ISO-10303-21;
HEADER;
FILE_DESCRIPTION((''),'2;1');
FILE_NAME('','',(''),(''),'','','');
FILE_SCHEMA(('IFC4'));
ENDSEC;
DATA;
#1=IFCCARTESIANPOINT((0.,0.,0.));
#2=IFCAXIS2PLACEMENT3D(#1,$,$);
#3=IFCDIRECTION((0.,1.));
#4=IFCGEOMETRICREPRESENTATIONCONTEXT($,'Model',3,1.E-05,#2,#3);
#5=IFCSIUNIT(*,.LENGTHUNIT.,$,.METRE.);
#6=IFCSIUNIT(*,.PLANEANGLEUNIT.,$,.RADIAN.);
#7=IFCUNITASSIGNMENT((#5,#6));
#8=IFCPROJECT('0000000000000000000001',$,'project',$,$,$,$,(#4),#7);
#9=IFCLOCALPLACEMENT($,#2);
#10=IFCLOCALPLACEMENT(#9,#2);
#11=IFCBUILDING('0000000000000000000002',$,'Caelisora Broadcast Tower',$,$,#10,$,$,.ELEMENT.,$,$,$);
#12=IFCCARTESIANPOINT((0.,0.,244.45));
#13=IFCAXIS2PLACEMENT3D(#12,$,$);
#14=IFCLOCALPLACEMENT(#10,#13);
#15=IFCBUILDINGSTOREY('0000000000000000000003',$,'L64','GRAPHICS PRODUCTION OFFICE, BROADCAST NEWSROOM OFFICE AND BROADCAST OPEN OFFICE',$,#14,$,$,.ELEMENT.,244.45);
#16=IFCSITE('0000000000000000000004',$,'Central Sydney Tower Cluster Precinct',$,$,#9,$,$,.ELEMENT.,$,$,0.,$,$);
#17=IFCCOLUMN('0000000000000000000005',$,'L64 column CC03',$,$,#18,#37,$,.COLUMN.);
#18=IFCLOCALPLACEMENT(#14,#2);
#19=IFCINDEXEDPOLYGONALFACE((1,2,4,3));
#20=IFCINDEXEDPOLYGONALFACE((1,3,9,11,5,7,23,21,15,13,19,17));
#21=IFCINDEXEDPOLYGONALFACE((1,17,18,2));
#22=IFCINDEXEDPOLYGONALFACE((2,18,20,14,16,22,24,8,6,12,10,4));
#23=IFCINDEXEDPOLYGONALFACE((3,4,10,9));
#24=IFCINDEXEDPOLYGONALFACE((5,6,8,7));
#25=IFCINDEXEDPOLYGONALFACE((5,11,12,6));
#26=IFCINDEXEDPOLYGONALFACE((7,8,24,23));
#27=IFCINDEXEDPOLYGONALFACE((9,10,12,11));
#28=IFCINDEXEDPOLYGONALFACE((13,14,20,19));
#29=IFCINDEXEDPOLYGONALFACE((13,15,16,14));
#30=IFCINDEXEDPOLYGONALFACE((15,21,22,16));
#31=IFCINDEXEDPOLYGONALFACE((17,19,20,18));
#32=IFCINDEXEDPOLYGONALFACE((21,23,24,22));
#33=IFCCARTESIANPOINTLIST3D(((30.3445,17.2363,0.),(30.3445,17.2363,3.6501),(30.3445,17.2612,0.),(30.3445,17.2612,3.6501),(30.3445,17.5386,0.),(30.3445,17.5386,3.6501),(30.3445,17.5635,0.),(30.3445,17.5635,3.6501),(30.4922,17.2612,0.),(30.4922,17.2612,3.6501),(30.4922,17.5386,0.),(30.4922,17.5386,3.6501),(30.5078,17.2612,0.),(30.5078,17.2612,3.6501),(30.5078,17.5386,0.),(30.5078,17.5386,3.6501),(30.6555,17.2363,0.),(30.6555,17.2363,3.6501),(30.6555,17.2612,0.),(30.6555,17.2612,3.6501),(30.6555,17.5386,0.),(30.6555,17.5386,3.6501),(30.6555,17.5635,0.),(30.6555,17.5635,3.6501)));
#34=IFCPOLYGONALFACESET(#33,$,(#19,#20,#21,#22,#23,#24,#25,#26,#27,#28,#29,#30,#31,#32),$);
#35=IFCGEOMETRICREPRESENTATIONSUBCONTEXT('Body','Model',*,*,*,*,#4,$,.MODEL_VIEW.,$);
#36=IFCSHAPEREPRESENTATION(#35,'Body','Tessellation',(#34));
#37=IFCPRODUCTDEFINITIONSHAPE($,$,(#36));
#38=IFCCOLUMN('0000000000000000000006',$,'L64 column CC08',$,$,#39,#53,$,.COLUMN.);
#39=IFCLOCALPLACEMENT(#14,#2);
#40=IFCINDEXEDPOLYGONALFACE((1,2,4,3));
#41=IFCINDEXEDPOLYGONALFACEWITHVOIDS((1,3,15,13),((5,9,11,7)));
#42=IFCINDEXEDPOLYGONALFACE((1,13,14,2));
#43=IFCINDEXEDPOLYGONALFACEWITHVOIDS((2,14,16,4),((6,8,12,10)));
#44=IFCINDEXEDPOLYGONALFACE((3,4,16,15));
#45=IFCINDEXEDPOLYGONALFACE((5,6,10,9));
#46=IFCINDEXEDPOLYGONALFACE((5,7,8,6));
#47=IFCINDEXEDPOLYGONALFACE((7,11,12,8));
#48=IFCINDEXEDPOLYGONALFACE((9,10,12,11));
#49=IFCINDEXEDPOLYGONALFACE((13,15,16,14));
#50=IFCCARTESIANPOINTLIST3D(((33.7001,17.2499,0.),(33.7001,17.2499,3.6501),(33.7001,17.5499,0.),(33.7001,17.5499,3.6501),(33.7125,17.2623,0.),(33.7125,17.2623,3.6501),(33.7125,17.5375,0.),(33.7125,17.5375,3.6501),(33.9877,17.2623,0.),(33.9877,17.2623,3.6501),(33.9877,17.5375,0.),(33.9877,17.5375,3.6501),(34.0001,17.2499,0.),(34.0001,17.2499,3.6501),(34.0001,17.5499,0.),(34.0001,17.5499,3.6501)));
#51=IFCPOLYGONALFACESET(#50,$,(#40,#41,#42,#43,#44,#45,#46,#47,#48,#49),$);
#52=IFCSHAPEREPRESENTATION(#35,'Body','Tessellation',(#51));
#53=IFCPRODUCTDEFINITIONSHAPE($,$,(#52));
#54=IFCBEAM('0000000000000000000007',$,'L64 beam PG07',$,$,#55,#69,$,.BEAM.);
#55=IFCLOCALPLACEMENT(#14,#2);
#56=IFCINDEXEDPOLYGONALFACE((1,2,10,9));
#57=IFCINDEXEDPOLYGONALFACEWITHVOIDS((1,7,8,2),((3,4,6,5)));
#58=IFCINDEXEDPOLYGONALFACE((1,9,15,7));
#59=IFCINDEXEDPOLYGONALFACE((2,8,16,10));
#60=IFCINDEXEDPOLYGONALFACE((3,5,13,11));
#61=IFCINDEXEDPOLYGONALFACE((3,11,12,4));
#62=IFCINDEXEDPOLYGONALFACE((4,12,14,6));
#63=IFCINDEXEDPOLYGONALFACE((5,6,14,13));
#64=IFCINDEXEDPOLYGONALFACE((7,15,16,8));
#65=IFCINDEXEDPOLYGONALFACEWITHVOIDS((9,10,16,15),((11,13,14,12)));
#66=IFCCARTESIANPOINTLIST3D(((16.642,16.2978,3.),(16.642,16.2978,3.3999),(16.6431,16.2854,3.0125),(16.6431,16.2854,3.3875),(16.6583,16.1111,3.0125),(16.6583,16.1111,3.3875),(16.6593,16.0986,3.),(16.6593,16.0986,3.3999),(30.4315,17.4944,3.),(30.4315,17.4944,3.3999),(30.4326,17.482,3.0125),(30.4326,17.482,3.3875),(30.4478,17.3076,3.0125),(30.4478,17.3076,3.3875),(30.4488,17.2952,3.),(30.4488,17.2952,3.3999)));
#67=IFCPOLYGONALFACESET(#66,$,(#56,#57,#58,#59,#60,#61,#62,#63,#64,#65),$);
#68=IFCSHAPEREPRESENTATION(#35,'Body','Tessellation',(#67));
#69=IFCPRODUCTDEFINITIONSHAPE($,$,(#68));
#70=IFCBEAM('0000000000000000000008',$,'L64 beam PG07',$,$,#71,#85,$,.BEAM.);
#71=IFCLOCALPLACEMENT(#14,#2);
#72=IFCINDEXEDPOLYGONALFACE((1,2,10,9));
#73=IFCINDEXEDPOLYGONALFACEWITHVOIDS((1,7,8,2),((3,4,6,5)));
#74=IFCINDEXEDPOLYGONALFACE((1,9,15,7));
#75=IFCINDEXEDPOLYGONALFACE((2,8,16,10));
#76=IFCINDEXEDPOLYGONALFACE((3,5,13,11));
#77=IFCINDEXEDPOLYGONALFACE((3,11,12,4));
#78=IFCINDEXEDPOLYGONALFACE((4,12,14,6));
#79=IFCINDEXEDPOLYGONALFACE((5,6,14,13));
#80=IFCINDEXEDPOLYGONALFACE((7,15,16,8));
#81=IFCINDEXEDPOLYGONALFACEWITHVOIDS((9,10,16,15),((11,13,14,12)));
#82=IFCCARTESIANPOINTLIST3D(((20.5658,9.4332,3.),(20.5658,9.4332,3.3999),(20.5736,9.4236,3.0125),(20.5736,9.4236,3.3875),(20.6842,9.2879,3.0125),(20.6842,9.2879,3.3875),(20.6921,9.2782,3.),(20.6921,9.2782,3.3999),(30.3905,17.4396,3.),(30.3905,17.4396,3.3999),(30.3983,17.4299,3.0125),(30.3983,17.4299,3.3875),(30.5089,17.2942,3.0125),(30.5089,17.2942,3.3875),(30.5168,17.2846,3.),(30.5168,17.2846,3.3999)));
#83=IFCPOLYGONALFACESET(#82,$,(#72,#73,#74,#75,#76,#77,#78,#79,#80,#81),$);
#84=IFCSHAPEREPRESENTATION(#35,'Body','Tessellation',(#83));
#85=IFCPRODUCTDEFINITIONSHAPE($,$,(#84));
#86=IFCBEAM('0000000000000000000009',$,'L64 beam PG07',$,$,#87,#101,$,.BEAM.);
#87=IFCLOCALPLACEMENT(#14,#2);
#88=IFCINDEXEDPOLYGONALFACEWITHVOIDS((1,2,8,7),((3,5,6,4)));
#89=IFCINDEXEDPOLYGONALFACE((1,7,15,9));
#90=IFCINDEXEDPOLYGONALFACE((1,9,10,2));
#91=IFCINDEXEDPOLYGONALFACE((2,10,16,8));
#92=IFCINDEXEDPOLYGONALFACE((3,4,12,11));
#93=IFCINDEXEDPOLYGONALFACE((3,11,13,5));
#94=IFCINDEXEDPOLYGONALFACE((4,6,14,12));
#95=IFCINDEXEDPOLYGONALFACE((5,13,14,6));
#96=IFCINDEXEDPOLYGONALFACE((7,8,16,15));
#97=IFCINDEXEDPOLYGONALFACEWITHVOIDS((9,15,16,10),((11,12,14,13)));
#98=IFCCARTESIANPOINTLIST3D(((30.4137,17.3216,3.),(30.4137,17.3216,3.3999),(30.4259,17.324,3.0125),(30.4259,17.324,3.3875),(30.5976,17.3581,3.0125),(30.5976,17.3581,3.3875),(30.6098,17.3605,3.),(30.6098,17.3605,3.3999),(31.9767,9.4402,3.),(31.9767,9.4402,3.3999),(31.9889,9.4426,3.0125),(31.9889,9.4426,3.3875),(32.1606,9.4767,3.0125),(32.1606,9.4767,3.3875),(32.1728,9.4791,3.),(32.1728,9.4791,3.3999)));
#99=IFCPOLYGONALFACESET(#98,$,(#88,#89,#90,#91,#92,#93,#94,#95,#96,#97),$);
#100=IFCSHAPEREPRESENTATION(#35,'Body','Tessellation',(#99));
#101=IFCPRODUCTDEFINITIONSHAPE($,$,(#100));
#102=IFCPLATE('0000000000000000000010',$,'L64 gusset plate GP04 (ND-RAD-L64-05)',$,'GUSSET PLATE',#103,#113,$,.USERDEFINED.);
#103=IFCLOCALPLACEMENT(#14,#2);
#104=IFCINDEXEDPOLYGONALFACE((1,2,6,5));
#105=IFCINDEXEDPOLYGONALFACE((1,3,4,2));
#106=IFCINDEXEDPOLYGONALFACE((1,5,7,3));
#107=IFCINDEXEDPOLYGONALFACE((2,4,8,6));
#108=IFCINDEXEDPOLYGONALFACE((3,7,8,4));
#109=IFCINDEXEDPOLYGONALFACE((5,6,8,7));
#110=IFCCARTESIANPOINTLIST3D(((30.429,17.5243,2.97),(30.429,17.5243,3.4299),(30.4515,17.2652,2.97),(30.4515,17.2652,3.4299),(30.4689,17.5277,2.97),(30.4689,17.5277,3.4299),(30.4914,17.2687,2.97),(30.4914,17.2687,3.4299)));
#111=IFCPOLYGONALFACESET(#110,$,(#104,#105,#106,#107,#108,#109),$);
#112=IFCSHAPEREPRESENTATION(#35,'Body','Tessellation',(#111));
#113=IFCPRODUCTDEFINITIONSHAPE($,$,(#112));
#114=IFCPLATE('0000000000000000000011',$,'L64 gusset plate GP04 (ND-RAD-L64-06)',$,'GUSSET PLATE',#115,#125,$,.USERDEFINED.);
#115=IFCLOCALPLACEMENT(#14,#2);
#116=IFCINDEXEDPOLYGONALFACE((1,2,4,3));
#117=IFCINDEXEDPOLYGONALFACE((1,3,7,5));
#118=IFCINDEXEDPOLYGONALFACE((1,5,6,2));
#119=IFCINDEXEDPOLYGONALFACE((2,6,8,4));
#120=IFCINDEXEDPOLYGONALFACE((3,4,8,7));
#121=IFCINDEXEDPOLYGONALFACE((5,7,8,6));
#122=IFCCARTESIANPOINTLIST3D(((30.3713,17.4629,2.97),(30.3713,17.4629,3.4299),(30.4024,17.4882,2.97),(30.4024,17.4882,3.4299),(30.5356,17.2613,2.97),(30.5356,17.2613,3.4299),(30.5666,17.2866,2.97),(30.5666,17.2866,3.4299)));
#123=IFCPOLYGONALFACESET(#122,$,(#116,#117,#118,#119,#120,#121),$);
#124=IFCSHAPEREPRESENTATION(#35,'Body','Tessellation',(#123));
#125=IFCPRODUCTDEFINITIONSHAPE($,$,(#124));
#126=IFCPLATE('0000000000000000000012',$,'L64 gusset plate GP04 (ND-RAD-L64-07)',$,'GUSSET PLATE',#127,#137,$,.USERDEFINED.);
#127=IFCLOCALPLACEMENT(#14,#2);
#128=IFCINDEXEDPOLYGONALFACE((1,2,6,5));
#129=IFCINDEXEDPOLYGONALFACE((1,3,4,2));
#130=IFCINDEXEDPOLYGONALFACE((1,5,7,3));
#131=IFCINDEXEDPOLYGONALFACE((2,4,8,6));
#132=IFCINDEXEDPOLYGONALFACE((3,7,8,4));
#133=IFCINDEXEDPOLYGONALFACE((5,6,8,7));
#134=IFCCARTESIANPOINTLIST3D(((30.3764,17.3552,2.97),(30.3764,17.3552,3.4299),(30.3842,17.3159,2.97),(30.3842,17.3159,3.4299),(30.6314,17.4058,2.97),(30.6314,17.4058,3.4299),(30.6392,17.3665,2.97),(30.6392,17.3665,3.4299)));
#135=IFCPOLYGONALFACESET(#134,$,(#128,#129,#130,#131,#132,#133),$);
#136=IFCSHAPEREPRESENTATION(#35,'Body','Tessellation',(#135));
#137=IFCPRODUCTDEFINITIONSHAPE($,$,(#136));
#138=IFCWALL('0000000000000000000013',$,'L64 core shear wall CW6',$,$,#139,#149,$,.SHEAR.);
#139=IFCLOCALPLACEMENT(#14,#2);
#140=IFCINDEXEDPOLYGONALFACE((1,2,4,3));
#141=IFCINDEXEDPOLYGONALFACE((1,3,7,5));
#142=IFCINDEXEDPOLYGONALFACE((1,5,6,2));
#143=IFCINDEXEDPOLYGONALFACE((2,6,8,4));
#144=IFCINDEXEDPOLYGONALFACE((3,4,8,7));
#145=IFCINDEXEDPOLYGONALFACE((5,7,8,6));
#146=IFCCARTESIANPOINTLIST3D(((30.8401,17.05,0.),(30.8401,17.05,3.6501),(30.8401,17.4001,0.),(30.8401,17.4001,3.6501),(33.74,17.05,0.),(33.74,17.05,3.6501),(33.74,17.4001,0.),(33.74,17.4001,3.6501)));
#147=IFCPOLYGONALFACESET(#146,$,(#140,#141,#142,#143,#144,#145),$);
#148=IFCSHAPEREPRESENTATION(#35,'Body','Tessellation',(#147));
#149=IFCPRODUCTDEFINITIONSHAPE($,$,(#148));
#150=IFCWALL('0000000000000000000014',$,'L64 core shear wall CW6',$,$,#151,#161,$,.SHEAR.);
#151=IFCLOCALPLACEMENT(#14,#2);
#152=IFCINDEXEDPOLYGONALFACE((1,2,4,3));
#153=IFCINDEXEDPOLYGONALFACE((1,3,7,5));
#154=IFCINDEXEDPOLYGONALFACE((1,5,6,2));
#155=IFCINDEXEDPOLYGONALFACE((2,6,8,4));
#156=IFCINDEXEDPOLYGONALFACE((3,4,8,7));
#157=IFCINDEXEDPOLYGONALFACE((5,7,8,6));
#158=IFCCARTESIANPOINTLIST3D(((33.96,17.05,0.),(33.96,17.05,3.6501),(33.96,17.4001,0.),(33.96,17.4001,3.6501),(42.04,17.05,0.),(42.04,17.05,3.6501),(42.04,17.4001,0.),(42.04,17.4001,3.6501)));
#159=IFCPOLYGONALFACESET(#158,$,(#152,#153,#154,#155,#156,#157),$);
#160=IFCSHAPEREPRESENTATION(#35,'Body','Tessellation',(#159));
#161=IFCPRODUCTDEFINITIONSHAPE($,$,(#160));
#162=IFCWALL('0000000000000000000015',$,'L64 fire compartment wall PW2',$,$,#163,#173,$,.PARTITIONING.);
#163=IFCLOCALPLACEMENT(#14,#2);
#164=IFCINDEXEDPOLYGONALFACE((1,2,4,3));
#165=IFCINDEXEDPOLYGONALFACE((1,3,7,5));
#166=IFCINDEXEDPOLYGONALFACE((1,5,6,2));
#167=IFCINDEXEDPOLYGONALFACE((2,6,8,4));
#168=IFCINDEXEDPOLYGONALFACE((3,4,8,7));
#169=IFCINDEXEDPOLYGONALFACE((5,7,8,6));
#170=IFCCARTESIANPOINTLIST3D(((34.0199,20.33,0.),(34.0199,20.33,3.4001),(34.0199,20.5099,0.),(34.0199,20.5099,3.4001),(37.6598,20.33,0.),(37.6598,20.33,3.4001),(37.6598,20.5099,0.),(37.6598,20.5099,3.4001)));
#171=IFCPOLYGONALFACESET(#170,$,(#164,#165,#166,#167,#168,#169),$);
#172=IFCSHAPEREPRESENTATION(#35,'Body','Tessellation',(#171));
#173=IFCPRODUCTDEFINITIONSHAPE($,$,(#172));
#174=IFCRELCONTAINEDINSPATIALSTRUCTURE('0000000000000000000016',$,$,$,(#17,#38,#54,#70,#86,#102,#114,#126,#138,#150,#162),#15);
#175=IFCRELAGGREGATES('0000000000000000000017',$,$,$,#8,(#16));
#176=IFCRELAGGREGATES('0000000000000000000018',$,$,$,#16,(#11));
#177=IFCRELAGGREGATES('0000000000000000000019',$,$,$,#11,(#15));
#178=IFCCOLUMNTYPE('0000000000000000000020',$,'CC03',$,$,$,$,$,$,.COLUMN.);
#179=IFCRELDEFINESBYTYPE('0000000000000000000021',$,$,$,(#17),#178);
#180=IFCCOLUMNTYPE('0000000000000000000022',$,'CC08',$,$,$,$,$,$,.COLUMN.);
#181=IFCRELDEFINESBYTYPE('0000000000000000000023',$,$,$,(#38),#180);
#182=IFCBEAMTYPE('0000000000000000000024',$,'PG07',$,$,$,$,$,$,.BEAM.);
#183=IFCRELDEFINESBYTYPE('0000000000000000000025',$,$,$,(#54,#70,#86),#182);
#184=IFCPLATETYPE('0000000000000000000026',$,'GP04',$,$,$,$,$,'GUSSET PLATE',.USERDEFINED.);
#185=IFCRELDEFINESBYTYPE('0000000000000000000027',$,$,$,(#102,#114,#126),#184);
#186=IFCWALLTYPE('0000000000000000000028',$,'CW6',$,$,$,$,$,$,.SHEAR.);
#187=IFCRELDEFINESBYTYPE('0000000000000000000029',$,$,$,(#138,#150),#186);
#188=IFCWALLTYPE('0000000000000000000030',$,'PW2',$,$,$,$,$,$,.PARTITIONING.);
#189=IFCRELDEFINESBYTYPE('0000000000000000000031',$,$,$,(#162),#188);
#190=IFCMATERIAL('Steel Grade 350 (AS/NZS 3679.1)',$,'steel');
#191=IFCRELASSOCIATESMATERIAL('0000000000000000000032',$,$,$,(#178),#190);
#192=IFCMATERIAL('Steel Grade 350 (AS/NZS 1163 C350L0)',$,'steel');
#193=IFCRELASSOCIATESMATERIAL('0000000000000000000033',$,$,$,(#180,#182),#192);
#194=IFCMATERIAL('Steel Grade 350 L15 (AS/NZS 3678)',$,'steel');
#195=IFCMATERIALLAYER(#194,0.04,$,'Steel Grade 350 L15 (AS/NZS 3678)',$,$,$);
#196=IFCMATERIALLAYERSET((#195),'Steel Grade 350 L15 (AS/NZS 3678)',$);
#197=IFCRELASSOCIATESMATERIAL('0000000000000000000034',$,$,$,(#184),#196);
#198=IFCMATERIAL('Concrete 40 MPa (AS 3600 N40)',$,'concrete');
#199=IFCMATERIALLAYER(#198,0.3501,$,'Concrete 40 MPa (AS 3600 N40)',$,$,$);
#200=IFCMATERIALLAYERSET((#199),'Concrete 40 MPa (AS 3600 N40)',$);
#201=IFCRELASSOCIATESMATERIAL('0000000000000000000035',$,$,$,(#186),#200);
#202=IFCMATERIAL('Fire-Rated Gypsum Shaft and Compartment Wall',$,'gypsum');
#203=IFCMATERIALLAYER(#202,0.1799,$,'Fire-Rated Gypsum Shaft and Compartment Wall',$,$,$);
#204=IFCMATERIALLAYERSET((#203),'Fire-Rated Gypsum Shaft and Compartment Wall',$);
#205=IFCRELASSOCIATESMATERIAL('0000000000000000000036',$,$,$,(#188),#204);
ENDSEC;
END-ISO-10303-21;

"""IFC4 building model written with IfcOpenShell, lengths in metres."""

from ifc_helpers import new_model, si_unit, direction, frame, frame_2d, origin, origin_2d, place, context, subcontext, project, spatial, rectangle, hollow_rectangle, i_section, extrude, source, transform, mapped, material, layer, layer_set, material_profile, profile_set, type_object, type_shapes, element, save


model = new_model("IFC4")

# Units and contexts
model_context = context("Model", 3, precision=1e-05, world=origin(), true_north=direction((0.0, 1.0)))
body_context = subcontext(model_context, "Body", "Model", "MODEL_VIEW")
ifc_project = project(units=[si_unit("LENGTHUNIT", "METRE"), si_unit("PLANEANGLEUNIT", "RADIAN")], contexts=[model_context])

# Site, building, storey
site_placement = place(None, origin())
site = spatial("IfcSite", under=ifc_project, at=site_placement, Name="Central Sydney Tower Cluster Precinct", CompositionType="ELEMENT", RefElevation=0.0)
building_placement = place(site_placement, origin())
building = spatial("IfcBuilding", under=site, at=building_placement, Name="Caelisora Broadcast Tower", CompositionType="ELEMENT")
storey_placement = place(building_placement, frame((0.0, 0.0, 244.45)))
storey = spatial("IfcBuildingStorey", under=building, at=storey_placement, Name="L64", Description="GRAPHICS PRODUCTION OFFICE, BROADCAST NEWSROOM OFFICE AND BROADCAST OPEN OFFICE", CompositionType="ELEMENT", Elevation=244.45)

# Columns
ifc_material_1 = material(Name="Steel Grade 350 (AS/NZS 3679.1)", Category="steel")
ifc_material_profile_1 = material_profile(ifc_material_1, i_section(OverallWidth=0.311, OverallDepth=0.3271, WebThickness=0.0156, FlangeThickness=0.0249, at=origin_2d()), Name="Steel Grade 350 (AS/NZS 3679.1)")
ifc_profile_set_1 = profile_set([ifc_material_profile_1], Name="Steel Grade 350 (AS/NZS 3679.1)")
column_type_1 = type_object("IfcColumnType", Name="CC03", PredefinedType="COLUMN", material=ifc_profile_set_1)
shared_shape_1 = source(origin(), body_context, "Body", "SweptSolid", [
    extrude(i_section(OverallWidth=0.311, OverallDepth=0.3271, WebThickness=0.0156, FlangeThickness=0.0249, at=origin_2d()), origin(), (0.0, 0.0, 1.0), 3.6501),
])
type_shapes(column_type_1, [shared_shape_1])
column_1_placement = place(storey_placement, frame((30.5, 17.3999, 0.0), z_axis=(0.0, 0.0, 1.0), x_axis=(1.0, 0.0, 0.0)))
element("IfcColumn", 1, at=column_1_placement, inside=storey, type_object=column_type_1, Name="L64 column CC03", PredefinedType="COLUMN", context=body_context, shape_type="MappedRepresentation", body=[
    mapped(shared_shape_1, transform((0.0, 0.0, 0.0), scale=1.0)),
])
ifc_material_2 = material(Name="Steel Grade 350 (AS/NZS 1163 C350L0)", Category="steel")
ifc_material_profile_2 = material_profile(ifc_material_2, hollow_rectangle(XDim=0.3, YDim=0.3, WallThickness=0.0125, at=origin_2d()), Name="Steel Grade 350 (AS/NZS 1163 C350L0)")
ifc_profile_set_2 = profile_set([ifc_material_profile_2], Name="Steel Grade 350 (AS/NZS 1163 C350L0)")
column_type_2 = type_object("IfcColumnType", Name="CC08", PredefinedType="COLUMN", material=ifc_profile_set_2)
shared_shape_2 = source(origin(), body_context, "Body", "SweptSolid", [
    extrude(hollow_rectangle(XDim=0.3, YDim=0.3, WallThickness=0.0125, at=origin_2d()), origin(), (0.0, 0.0, 1.0), 3.6501),
])
type_shapes(column_type_2, [shared_shape_2])
column_2_placement = place(storey_placement, frame((33.8501, 17.3999, 0.0), z_axis=(0.0, 0.0, 1.0), x_axis=(1.0, 0.0, 0.0)))
element("IfcColumn", 2, at=column_2_placement, inside=storey, type_object=column_type_2, Name="L64 column CC08", PredefinedType="COLUMN", context=body_context, shape_type="MappedRepresentation", body=[
    mapped(shared_shape_2, transform((0.0, 0.0, 0.0), scale=1.0)),
])

# Beams
ifc_material_profile_3 = material_profile(ifc_material_2, hollow_rectangle(XDim=0.2, YDim=0.3999, WallThickness=0.0125, at=origin_2d()), Name="Steel Grade 350 (AS/NZS 1163 C350L0)")
ifc_profile_set_3 = profile_set([ifc_material_profile_3], Name="Steel Grade 350 (AS/NZS 1163 C350L0)")
beam_type = type_object("IfcBeamType", Name="PG07", PredefinedType="BEAM", material=ifc_profile_set_3)
shared_shape_3 = source(origin(), body_context, "Body", "SweptSolid", [
    extrude(hollow_rectangle(XDim=0.2, YDim=0.3999, WallThickness=0.0125, at=origin_2d()), origin(), (0.0, 0.0, 1.0), 13.8413),
])
beam_1_placement = place(storey_placement, frame((30.4402, 17.3948, 3.2), z_axis=(-0.996257, -0.086446, 0.0), x_axis=(0.086446, -0.996257, 0.0)))
element("IfcBeam", 3, at=beam_1_placement, inside=storey, type_object=beam_type, Name="L64 beam PG07", PredefinedType="BEAM", context=body_context, shape_type="MappedRepresentation", body=[
    mapped(shared_shape_3, transform((0.0, 0.0, 0.0), scale=1.0)),
])
shared_shape_4 = source(origin(), body_context, "Body", "SweptSolid", [
    extrude(hollow_rectangle(XDim=0.2, YDim=0.3999, WallThickness=0.0125, at=origin_2d()), origin(), (0.0, 0.0, 1.0), 12.6738),
])
beam_2_placement = place(storey_placement, frame((30.4536, 17.3621, 3.2), z_axis=(-0.775195, -0.631722, 0.0), x_axis=(0.631722, -0.775195, 0.0)))
element("IfcBeam", 4, at=beam_2_placement, inside=storey, type_object=beam_type, Name="L64 beam PG07", PredefinedType="BEAM", context=body_context, shape_type="MappedRepresentation", body=[
    mapped(shared_shape_4, transform((0.0, 0.0, 0.0), scale=1.0)),
])
shared_shape_5 = source(origin(), body_context, "Body", "SweptSolid", [
    extrude(hollow_rectangle(XDim=0.2, YDim=0.3999, WallThickness=0.0125, at=origin_2d()), origin(), (0.0, 0.0, 1.0), 8.0349),
])
type_shapes(beam_type, [shared_shape_3, shared_shape_4, shared_shape_5])
beam_3_placement = place(storey_placement, frame((30.5117, 17.3411, 3.2), z_axis=(0.194526, -0.980897, 0.0), x_axis=(0.980897, 0.194526, 0.0)))
element("IfcBeam", 5, at=beam_3_placement, inside=storey, type_object=beam_type, Name="L64 beam PG07", PredefinedType="BEAM", context=body_context, shape_type="MappedRepresentation", body=[
    mapped(shared_shape_5, transform((0.0, 0.0, 0.0), scale=1.0)),
])

# Plates
ifc_material_3 = material(Name="Steel Grade 350 L15 (AS/NZS 3678)", Category="steel")
ifc_layer_1 = layer(ifc_material_3, 0.04, Name="Steel Grade 350 L15 (AS/NZS 3678)")
ifc_layer_set_1 = layer_set([ifc_layer_1], Name="Steel Grade 350 L15 (AS/NZS 3678)")
plate_type = type_object("IfcPlateType", Name="GP04", ElementType="GUSSET PLATE", PredefinedType="USERDEFINED", material=ifc_layer_set_1)
shared_shape_6 = source(origin(), body_context, "Body", "SweptSolid", [
    extrude(rectangle(XDim=0.26, YDim=0.04, at=origin_2d()), origin(), (0.0, 0.0, 1.0), 0.46),
])
type_shapes(plate_type, [shared_shape_6])
for number, where, z_axis, x_axis, name in (
    (6, (30.4602, 17.3965, 2.97), (0.0, 0.0, 1.0), (0.08646, -0.996255, 0.0), "L64 gusset plate GP04 (ND-RAD-L64-05)"),
    (7, (30.469, 17.3748, 2.97), (0.0, 0.0, 1.0), (0.631759, -0.775165, 0.0), "L64 gusset plate GP04 (ND-RAD-L64-06)"),
    (8, (30.5078, 17.3608, 2.97), (0.0, 0.0, 1.0), (0.980887, 0.194577, 0.0), "L64 gusset plate GP04 (ND-RAD-L64-07)"),
):
    element("IfcPlate", number, at=place(storey_placement, frame(where, z_axis=z_axis, x_axis=x_axis)), inside=storey, type_object=plate_type, Name=name, ObjectType="GUSSET PLATE", PredefinedType="USERDEFINED", context=body_context, shape_type="MappedRepresentation", body=[
        mapped(shared_shape_6, transform((0.0, 0.0, 0.0), scale=1.0)),
    ])

# Walls
ifc_material_4 = material(Name="Concrete 40 MPa (AS 3600 N40)", Category="concrete")
ifc_layer_2 = layer(ifc_material_4, 0.3501, Name="Concrete 40 MPa (AS 3600 N40)")
ifc_layer_set_2 = layer_set([ifc_layer_2], Name="Concrete 40 MPa (AS 3600 N40)")
wall_type_1 = type_object("IfcWallType", Name="CW6", PredefinedType="SHEAR", material=ifc_layer_set_2)
wall_1_placement = place(storey_placement, frame((30.8401, 17.2251, 0.0), z_axis=(0.0, 0.0, 1.0), x_axis=(1.0, 0.0, 0.0)))
element("IfcWall", 9, at=wall_1_placement, inside=storey, type_object=wall_type_1, Name="L64 core shear wall CW6", PredefinedType="SHEAR", context=body_context, shape_type="SweptSolid", body=[
    extrude(rectangle(XDim=2.8999, YDim=0.3501, at=frame_2d((1.45, 0.0))), origin(), (0.0, 0.0, 1.0), 3.6501),
])
wall_2_placement = place(storey_placement, frame((33.96, 17.2251, 0.0), z_axis=(0.0, 0.0, 1.0), x_axis=(1.0, 0.0, 0.0)))
element("IfcWall", 10, at=wall_2_placement, inside=storey, type_object=wall_type_1, Name="L64 core shear wall CW6", PredefinedType="SHEAR", context=body_context, shape_type="SweptSolid", body=[
    extrude(rectangle(XDim=8.0801, YDim=0.3501, at=frame_2d((4.04, 0.0))), origin(), (0.0, 0.0, 1.0), 3.6501),
])
ifc_material_5 = material(Name="Fire-Rated Gypsum Shaft and Compartment Wall", Category="gypsum")
ifc_layer_3 = layer(ifc_material_5, 0.1799, Name="Fire-Rated Gypsum Shaft and Compartment Wall")
ifc_layer_set_3 = layer_set([ifc_layer_3], Name="Fire-Rated Gypsum Shaft and Compartment Wall")
wall_type_2 = type_object("IfcWallType", Name="PW2", PredefinedType="PARTITIONING", material=ifc_layer_set_3)
wall_3_placement = place(storey_placement, frame((34.02, 20.4199, 0.0), z_axis=(0.0, 0.0, 1.0), x_axis=(1.0, 0.0, 0.0)))
element("IfcWall", 11, at=wall_3_placement, inside=storey, type_object=wall_type_2, Name="L64 fire compartment wall PW2", PredefinedType="PARTITIONING", context=body_context, shape_type="SweptSolid", body=[
    extrude(rectangle(XDim=3.6399, YDim=0.1799, at=frame_2d((1.8198, 0.0))), origin(), (0.0, 0.0, 1.0), 3.4001),
])

save(model, "model.ifc")
